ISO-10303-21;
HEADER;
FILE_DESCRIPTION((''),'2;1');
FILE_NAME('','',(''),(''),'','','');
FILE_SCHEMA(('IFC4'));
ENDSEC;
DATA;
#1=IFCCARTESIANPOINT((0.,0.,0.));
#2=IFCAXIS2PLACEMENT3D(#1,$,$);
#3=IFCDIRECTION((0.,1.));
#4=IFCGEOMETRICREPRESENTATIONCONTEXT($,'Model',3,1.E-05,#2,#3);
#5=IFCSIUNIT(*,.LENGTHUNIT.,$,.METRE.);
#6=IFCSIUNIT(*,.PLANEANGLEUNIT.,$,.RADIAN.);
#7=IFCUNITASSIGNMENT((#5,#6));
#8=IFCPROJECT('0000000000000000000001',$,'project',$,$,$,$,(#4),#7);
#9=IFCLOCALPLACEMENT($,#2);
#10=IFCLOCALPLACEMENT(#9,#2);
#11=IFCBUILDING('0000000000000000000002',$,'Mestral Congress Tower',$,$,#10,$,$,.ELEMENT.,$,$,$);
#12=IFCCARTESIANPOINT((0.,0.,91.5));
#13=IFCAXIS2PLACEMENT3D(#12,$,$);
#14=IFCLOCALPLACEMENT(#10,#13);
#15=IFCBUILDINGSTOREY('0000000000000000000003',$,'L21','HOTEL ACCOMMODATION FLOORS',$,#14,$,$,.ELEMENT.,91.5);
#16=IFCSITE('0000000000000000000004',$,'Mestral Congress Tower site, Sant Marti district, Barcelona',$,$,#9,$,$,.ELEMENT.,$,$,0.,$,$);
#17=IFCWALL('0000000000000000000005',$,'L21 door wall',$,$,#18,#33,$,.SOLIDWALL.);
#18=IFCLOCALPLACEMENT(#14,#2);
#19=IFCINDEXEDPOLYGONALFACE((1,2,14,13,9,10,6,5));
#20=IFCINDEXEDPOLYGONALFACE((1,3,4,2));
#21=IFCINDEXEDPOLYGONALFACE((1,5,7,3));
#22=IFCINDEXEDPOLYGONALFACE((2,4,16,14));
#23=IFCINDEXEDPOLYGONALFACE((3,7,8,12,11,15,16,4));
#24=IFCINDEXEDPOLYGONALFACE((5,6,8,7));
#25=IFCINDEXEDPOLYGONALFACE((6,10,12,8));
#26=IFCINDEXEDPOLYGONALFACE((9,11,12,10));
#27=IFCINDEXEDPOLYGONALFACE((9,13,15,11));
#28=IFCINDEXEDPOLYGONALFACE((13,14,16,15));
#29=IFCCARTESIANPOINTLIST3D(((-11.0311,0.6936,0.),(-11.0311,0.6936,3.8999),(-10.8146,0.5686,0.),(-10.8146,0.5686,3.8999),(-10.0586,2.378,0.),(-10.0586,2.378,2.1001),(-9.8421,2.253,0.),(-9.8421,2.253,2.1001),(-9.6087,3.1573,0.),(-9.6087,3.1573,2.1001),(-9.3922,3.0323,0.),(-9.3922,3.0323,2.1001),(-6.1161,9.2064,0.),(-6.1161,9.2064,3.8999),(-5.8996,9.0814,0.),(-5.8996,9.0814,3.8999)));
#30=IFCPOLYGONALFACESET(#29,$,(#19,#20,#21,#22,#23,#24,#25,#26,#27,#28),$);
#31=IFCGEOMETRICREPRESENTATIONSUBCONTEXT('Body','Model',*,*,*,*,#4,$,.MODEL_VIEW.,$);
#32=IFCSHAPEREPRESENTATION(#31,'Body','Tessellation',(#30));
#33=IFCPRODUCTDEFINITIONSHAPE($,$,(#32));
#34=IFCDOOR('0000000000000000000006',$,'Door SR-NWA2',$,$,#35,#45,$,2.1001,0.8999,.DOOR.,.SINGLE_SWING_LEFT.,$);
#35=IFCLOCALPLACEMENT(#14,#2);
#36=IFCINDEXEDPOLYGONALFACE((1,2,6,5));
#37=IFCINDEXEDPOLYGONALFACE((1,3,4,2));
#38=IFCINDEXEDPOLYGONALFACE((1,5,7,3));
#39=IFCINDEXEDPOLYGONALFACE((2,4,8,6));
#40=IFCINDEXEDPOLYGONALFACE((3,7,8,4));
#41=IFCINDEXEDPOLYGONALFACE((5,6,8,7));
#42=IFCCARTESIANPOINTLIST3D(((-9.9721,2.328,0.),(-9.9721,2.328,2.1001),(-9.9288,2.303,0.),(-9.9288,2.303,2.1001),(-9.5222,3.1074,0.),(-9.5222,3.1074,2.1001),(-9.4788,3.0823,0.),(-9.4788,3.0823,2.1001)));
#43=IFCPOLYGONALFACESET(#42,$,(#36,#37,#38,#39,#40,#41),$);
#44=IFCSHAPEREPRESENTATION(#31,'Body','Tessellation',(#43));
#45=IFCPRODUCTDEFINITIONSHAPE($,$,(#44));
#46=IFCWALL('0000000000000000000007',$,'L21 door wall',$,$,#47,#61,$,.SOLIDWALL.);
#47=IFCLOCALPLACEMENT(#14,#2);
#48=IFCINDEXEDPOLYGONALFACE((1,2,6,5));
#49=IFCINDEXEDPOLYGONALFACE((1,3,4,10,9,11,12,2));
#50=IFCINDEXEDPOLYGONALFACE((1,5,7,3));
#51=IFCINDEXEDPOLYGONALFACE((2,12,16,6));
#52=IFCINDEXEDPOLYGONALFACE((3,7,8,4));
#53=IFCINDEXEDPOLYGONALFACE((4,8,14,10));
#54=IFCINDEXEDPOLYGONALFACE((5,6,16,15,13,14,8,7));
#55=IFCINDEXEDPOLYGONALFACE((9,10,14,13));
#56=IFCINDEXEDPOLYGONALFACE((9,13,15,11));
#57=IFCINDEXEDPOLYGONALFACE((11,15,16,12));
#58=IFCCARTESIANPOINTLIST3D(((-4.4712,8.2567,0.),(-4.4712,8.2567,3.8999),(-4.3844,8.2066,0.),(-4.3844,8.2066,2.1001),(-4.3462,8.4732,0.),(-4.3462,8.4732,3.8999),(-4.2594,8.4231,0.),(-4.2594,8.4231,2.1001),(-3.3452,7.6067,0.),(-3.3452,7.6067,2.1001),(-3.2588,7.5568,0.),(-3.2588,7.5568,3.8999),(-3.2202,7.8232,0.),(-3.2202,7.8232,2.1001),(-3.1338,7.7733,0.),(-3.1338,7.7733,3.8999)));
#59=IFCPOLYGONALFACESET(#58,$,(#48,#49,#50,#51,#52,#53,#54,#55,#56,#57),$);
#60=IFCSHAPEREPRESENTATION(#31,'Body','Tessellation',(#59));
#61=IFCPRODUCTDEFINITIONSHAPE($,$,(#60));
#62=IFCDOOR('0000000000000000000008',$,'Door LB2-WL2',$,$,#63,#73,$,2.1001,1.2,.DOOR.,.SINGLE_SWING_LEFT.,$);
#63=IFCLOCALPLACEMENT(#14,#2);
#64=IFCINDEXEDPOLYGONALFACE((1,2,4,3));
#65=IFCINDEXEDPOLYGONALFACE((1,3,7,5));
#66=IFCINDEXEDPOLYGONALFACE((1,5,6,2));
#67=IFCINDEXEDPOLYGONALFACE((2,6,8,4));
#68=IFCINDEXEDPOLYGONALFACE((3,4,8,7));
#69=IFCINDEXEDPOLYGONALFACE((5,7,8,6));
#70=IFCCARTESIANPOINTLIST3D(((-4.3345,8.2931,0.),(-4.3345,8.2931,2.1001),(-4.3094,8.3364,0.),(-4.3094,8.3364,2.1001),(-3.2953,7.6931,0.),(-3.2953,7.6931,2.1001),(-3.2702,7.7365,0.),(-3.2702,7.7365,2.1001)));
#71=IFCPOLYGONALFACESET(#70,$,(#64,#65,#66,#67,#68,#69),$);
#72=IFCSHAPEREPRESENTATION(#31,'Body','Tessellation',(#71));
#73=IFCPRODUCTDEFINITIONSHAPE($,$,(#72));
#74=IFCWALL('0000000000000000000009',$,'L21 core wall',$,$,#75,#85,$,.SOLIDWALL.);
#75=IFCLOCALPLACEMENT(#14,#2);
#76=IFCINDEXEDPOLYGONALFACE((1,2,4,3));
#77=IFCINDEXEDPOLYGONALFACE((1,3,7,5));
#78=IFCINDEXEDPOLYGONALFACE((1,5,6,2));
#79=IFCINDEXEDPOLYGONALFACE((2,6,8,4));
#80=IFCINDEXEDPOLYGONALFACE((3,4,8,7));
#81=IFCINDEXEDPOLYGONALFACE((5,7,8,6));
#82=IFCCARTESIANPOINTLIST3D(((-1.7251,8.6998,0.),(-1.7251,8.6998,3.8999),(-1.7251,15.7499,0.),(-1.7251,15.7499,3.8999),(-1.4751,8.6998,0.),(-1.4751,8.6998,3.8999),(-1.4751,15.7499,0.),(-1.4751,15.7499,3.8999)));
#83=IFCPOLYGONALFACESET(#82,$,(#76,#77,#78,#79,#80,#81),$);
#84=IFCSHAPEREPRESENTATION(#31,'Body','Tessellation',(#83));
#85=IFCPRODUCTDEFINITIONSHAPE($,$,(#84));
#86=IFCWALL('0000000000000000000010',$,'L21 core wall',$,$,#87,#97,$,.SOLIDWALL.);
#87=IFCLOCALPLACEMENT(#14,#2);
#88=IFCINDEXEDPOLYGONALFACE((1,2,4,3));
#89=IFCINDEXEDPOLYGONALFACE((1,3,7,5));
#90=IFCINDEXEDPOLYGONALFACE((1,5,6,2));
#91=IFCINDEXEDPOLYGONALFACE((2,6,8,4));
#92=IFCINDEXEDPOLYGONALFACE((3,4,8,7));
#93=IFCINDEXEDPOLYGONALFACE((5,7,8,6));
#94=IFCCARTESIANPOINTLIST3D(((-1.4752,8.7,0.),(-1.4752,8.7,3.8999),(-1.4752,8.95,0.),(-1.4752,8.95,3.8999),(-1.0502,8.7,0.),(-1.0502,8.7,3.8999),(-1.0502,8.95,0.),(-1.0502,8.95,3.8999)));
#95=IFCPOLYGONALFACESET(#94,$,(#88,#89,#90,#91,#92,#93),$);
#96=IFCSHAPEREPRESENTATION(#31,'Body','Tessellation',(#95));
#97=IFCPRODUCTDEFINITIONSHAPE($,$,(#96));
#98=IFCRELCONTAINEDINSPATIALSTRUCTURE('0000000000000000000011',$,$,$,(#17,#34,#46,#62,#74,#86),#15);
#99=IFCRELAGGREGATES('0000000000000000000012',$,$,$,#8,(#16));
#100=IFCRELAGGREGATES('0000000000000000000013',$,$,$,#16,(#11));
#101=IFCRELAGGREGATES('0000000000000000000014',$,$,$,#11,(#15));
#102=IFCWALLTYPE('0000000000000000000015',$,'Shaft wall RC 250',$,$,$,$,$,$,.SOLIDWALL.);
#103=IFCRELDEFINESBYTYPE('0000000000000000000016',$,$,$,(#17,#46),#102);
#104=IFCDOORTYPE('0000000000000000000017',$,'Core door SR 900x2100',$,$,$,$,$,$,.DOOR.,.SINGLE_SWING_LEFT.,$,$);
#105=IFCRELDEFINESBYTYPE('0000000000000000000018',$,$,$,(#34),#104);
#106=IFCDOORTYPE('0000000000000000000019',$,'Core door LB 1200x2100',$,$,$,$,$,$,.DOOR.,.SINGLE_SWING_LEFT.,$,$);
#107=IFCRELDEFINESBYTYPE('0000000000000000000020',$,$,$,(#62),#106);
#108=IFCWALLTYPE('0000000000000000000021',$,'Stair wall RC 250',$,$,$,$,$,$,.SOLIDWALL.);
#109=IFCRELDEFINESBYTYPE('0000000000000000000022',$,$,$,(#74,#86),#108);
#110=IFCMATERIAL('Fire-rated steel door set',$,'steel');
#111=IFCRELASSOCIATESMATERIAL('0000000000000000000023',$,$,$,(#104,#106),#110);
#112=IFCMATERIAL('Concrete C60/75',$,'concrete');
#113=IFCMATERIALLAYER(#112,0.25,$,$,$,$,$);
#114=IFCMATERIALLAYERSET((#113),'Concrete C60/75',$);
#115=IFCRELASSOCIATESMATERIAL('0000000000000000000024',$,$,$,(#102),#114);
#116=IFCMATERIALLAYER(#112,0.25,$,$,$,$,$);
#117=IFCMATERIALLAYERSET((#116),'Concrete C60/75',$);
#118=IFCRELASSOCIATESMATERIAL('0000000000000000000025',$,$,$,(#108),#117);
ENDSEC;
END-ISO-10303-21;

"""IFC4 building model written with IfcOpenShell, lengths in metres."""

from ifc_helpers import new_model, si_unit, direction, frame, frame_2d, origin, place, context, subcontext, project, spatial, rectangle, extrude, material, layer, layer_set, type_object, element, fill, save


model = new_model("IFC4")

# Units and contexts
model_context = context("Model", 3, precision=1e-05, world=origin(), true_north=direction((0.0, 1.0)))
body_context = subcontext(model_context, "Body", "Model", "MODEL_VIEW")
ifc_project = project(units=[si_unit("LENGTHUNIT", "METRE"), si_unit("PLANEANGLEUNIT", "RADIAN")], contexts=[model_context])

# Site, building, storey
site_placement = place(None, origin())
site = spatial("IfcSite", under=ifc_project, at=site_placement, Name="Mestral Congress Tower site, Sant Marti district, Barcelona", CompositionType="ELEMENT", RefElevation=0.0)
building_placement = place(site_placement, origin())
building = spatial("IfcBuilding", under=site, at=building_placement, Name="Mestral Congress Tower", CompositionType="ELEMENT")
storey_placement = place(building_placement, frame((0.0, 0.0, 91.5)))
storey = spatial("IfcBuildingStorey", under=building, at=storey_placement, Name="L21", Description="HOTEL ACCOMMODATION FLOORS", CompositionType="ELEMENT", Elevation=91.5)

# Shared definitions
ifc_material_1 = material(Name="Fire-rated steel door set", Category="steel")
door_type_1 = type_object("IfcDoorType", Name="Core door SR 900x2100", OperationType="SINGLE_SWING_LEFT", PredefinedType="DOOR", material=ifc_material_1)

# Shared definitions
ifc_material_2 = material(Name="Concrete C60/75", Category="concrete")
ifc_layer_1 = layer(ifc_material_2, 0.25)
ifc_layer_set_1 = layer_set([ifc_layer_1], Name="Concrete C60/75")
wall_type_1 = type_object("IfcWallType", Name="Shaft wall RC 250", PredefinedType="SOLIDWALL", material=ifc_layer_set_1)

# Walls, openings, doors
wall_1_placement = place(storey_placement, frame((-6.0078, 9.144, 0.0), z_axis=(0.0, 0.0, 1.0), x_axis=(-0.500007, -0.866021, 0.0)))
wall_1 = element("IfcWall", 1, at=wall_1_placement, inside=storey, type_object=wall_type_1, Name="L21 door wall", PredefinedType="SOLIDWALL", context=body_context, shape_type="SweptSolid", body=[
    extrude(rectangle(XDim=9.8298, YDim=0.25, at=frame_2d((4.915, 0.0))), origin(), (0.0, 0.0, 1.0), 3.8999),
])
opening_1_placement = place(wall_1_placement, frame((6.9851, 0.0, 0.0)))
opening_1 = element("IfcOpeningElement", 2, at=opening_1_placement, cuts=wall_1, PredefinedType="OPENING", context=body_context, shape_type="SweptSolid", body=[
    extrude(rectangle(XDim=0.8999, YDim=2.1001, at=frame_2d((0.45, 1.05))), frame((0.0, 0.135, 0.0), z_axis=(0.0, -1.0, 0.0), x_axis=(1.0, 0.0, 0.0)), (0.0, 0.0, 1.0), 0.27),
])
door_1_placement = place(opening_1_placement, origin())
door_1 = element("IfcDoor", 3, at=door_1_placement, inside=storey, type_object=door_type_1, Name="Door SR-NWA2", OperationType="SINGLE_SWING_LEFT", OverallHeight=2.1001, OverallWidth=0.8999, PredefinedType="DOOR", context=body_context, shape_type="SweptSolid", body=[
    extrude(rectangle(XDim=0.8999, YDim=2.1001, at=frame_2d((0.45, 1.05))), frame((0.0, 0.0249, 0.0), z_axis=(0.0, -1.0, 0.0), x_axis=(1.0, 0.0, 0.0)), (0.0, 0.0, 1.0), 0.05),
])
fill(opening_1, door_1)
wall_2_placement = place(storey_placement, frame((-4.4087, 8.365, 0.0), z_axis=(0.0, 0.0, 1.0), x_axis=(0.866035, -0.499984, 0.0)))
wall_2 = element("IfcWall", 4, at=wall_2_placement, inside=storey, type_object=wall_type_1, Name="L21 door wall", PredefinedType="SOLIDWALL", context=body_context, shape_type="SweptSolid", body=[
    extrude(rectangle(XDim=1.3999, YDim=0.25, at=frame_2d((0.7, 0.0))), origin(), (0.0, 0.0, 1.0), 3.8999),
])
opening_2_placement = place(wall_2_placement, frame((0.1001, 0.0, 0.0)))
opening_2 = element("IfcOpeningElement", 5, at=opening_2_placement, cuts=wall_2, PredefinedType="OPENING", context=body_context, shape_type="SweptSolid", body=[
    extrude(rectangle(XDim=1.2, YDim=2.1001, at=frame_2d((0.6001, 1.05))), frame((0.0, 0.135, 0.0), z_axis=(0.0, -1.0, 0.0), x_axis=(1.0, 0.0, 0.0)), (0.0, 0.0, 1.0), 0.27),
])
door_type_2 = type_object("IfcDoorType", Name="Core door LB 1200x2100", OperationType="SINGLE_SWING_LEFT", PredefinedType="DOOR", material=ifc_material_1)
door_2_placement = place(opening_2_placement, origin())
door_2 = element("IfcDoor", 6, at=door_2_placement, inside=storey, type_object=door_type_2, Name="Door LB2-WL2", OperationType="SINGLE_SWING_LEFT", OverallHeight=2.1001, OverallWidth=1.2, PredefinedType="DOOR", context=body_context, shape_type="SweptSolid", body=[
    extrude(rectangle(XDim=1.2, YDim=2.1001, at=frame_2d((0.6001, 1.05))), frame((0.0, 0.0249, 0.0), z_axis=(0.0, -1.0, 0.0), x_axis=(1.0, 0.0, 0.0)), (0.0, 0.0, 1.0), 0.05),
])
fill(opening_2, door_2)

# Walls
ifc_layer_2 = layer(ifc_material_2, 0.25)
ifc_layer_set_2 = layer_set([ifc_layer_2], Name="Concrete C60/75")
wall_type_2 = type_object("IfcWallType", Name="Stair wall RC 250", PredefinedType="SOLIDWALL", material=ifc_layer_set_2)
wall_3_placement = place(storey_placement, frame((-1.6001, 8.7, 0.0), z_axis=(0.0, 0.0, 1.0), x_axis=(0.0, 1.0, 0.0)))
element("IfcWall", 7, at=wall_3_placement, inside=storey, type_object=wall_type_2, Name="L21 core wall", PredefinedType="SOLIDWALL", context=body_context, shape_type="SweptSolid", body=[
    extrude(rectangle(XDim=7.05, YDim=0.25, at=frame_2d((3.5249, 0.0))), origin(), (0.0, 0.0, 1.0), 3.8999),
])
wall_4_placement = place(storey_placement, frame((-1.4751, 8.825, 0.0), z_axis=(0.0, 0.0, 1.0), x_axis=(1.0, 0.0, 0.0)))
element("IfcWall", 8, at=wall_4_placement, inside=storey, type_object=wall_type_2, Name="L21 core wall", PredefinedType="SOLIDWALL", context=body_context, shape_type="SweptSolid", body=[
    extrude(rectangle(XDim=0.425, YDim=0.25, at=frame_2d((0.2124, 0.0))), origin(), (0.0, 0.0, 1.0), 3.8999),
])

save(model, "model.ifc")
